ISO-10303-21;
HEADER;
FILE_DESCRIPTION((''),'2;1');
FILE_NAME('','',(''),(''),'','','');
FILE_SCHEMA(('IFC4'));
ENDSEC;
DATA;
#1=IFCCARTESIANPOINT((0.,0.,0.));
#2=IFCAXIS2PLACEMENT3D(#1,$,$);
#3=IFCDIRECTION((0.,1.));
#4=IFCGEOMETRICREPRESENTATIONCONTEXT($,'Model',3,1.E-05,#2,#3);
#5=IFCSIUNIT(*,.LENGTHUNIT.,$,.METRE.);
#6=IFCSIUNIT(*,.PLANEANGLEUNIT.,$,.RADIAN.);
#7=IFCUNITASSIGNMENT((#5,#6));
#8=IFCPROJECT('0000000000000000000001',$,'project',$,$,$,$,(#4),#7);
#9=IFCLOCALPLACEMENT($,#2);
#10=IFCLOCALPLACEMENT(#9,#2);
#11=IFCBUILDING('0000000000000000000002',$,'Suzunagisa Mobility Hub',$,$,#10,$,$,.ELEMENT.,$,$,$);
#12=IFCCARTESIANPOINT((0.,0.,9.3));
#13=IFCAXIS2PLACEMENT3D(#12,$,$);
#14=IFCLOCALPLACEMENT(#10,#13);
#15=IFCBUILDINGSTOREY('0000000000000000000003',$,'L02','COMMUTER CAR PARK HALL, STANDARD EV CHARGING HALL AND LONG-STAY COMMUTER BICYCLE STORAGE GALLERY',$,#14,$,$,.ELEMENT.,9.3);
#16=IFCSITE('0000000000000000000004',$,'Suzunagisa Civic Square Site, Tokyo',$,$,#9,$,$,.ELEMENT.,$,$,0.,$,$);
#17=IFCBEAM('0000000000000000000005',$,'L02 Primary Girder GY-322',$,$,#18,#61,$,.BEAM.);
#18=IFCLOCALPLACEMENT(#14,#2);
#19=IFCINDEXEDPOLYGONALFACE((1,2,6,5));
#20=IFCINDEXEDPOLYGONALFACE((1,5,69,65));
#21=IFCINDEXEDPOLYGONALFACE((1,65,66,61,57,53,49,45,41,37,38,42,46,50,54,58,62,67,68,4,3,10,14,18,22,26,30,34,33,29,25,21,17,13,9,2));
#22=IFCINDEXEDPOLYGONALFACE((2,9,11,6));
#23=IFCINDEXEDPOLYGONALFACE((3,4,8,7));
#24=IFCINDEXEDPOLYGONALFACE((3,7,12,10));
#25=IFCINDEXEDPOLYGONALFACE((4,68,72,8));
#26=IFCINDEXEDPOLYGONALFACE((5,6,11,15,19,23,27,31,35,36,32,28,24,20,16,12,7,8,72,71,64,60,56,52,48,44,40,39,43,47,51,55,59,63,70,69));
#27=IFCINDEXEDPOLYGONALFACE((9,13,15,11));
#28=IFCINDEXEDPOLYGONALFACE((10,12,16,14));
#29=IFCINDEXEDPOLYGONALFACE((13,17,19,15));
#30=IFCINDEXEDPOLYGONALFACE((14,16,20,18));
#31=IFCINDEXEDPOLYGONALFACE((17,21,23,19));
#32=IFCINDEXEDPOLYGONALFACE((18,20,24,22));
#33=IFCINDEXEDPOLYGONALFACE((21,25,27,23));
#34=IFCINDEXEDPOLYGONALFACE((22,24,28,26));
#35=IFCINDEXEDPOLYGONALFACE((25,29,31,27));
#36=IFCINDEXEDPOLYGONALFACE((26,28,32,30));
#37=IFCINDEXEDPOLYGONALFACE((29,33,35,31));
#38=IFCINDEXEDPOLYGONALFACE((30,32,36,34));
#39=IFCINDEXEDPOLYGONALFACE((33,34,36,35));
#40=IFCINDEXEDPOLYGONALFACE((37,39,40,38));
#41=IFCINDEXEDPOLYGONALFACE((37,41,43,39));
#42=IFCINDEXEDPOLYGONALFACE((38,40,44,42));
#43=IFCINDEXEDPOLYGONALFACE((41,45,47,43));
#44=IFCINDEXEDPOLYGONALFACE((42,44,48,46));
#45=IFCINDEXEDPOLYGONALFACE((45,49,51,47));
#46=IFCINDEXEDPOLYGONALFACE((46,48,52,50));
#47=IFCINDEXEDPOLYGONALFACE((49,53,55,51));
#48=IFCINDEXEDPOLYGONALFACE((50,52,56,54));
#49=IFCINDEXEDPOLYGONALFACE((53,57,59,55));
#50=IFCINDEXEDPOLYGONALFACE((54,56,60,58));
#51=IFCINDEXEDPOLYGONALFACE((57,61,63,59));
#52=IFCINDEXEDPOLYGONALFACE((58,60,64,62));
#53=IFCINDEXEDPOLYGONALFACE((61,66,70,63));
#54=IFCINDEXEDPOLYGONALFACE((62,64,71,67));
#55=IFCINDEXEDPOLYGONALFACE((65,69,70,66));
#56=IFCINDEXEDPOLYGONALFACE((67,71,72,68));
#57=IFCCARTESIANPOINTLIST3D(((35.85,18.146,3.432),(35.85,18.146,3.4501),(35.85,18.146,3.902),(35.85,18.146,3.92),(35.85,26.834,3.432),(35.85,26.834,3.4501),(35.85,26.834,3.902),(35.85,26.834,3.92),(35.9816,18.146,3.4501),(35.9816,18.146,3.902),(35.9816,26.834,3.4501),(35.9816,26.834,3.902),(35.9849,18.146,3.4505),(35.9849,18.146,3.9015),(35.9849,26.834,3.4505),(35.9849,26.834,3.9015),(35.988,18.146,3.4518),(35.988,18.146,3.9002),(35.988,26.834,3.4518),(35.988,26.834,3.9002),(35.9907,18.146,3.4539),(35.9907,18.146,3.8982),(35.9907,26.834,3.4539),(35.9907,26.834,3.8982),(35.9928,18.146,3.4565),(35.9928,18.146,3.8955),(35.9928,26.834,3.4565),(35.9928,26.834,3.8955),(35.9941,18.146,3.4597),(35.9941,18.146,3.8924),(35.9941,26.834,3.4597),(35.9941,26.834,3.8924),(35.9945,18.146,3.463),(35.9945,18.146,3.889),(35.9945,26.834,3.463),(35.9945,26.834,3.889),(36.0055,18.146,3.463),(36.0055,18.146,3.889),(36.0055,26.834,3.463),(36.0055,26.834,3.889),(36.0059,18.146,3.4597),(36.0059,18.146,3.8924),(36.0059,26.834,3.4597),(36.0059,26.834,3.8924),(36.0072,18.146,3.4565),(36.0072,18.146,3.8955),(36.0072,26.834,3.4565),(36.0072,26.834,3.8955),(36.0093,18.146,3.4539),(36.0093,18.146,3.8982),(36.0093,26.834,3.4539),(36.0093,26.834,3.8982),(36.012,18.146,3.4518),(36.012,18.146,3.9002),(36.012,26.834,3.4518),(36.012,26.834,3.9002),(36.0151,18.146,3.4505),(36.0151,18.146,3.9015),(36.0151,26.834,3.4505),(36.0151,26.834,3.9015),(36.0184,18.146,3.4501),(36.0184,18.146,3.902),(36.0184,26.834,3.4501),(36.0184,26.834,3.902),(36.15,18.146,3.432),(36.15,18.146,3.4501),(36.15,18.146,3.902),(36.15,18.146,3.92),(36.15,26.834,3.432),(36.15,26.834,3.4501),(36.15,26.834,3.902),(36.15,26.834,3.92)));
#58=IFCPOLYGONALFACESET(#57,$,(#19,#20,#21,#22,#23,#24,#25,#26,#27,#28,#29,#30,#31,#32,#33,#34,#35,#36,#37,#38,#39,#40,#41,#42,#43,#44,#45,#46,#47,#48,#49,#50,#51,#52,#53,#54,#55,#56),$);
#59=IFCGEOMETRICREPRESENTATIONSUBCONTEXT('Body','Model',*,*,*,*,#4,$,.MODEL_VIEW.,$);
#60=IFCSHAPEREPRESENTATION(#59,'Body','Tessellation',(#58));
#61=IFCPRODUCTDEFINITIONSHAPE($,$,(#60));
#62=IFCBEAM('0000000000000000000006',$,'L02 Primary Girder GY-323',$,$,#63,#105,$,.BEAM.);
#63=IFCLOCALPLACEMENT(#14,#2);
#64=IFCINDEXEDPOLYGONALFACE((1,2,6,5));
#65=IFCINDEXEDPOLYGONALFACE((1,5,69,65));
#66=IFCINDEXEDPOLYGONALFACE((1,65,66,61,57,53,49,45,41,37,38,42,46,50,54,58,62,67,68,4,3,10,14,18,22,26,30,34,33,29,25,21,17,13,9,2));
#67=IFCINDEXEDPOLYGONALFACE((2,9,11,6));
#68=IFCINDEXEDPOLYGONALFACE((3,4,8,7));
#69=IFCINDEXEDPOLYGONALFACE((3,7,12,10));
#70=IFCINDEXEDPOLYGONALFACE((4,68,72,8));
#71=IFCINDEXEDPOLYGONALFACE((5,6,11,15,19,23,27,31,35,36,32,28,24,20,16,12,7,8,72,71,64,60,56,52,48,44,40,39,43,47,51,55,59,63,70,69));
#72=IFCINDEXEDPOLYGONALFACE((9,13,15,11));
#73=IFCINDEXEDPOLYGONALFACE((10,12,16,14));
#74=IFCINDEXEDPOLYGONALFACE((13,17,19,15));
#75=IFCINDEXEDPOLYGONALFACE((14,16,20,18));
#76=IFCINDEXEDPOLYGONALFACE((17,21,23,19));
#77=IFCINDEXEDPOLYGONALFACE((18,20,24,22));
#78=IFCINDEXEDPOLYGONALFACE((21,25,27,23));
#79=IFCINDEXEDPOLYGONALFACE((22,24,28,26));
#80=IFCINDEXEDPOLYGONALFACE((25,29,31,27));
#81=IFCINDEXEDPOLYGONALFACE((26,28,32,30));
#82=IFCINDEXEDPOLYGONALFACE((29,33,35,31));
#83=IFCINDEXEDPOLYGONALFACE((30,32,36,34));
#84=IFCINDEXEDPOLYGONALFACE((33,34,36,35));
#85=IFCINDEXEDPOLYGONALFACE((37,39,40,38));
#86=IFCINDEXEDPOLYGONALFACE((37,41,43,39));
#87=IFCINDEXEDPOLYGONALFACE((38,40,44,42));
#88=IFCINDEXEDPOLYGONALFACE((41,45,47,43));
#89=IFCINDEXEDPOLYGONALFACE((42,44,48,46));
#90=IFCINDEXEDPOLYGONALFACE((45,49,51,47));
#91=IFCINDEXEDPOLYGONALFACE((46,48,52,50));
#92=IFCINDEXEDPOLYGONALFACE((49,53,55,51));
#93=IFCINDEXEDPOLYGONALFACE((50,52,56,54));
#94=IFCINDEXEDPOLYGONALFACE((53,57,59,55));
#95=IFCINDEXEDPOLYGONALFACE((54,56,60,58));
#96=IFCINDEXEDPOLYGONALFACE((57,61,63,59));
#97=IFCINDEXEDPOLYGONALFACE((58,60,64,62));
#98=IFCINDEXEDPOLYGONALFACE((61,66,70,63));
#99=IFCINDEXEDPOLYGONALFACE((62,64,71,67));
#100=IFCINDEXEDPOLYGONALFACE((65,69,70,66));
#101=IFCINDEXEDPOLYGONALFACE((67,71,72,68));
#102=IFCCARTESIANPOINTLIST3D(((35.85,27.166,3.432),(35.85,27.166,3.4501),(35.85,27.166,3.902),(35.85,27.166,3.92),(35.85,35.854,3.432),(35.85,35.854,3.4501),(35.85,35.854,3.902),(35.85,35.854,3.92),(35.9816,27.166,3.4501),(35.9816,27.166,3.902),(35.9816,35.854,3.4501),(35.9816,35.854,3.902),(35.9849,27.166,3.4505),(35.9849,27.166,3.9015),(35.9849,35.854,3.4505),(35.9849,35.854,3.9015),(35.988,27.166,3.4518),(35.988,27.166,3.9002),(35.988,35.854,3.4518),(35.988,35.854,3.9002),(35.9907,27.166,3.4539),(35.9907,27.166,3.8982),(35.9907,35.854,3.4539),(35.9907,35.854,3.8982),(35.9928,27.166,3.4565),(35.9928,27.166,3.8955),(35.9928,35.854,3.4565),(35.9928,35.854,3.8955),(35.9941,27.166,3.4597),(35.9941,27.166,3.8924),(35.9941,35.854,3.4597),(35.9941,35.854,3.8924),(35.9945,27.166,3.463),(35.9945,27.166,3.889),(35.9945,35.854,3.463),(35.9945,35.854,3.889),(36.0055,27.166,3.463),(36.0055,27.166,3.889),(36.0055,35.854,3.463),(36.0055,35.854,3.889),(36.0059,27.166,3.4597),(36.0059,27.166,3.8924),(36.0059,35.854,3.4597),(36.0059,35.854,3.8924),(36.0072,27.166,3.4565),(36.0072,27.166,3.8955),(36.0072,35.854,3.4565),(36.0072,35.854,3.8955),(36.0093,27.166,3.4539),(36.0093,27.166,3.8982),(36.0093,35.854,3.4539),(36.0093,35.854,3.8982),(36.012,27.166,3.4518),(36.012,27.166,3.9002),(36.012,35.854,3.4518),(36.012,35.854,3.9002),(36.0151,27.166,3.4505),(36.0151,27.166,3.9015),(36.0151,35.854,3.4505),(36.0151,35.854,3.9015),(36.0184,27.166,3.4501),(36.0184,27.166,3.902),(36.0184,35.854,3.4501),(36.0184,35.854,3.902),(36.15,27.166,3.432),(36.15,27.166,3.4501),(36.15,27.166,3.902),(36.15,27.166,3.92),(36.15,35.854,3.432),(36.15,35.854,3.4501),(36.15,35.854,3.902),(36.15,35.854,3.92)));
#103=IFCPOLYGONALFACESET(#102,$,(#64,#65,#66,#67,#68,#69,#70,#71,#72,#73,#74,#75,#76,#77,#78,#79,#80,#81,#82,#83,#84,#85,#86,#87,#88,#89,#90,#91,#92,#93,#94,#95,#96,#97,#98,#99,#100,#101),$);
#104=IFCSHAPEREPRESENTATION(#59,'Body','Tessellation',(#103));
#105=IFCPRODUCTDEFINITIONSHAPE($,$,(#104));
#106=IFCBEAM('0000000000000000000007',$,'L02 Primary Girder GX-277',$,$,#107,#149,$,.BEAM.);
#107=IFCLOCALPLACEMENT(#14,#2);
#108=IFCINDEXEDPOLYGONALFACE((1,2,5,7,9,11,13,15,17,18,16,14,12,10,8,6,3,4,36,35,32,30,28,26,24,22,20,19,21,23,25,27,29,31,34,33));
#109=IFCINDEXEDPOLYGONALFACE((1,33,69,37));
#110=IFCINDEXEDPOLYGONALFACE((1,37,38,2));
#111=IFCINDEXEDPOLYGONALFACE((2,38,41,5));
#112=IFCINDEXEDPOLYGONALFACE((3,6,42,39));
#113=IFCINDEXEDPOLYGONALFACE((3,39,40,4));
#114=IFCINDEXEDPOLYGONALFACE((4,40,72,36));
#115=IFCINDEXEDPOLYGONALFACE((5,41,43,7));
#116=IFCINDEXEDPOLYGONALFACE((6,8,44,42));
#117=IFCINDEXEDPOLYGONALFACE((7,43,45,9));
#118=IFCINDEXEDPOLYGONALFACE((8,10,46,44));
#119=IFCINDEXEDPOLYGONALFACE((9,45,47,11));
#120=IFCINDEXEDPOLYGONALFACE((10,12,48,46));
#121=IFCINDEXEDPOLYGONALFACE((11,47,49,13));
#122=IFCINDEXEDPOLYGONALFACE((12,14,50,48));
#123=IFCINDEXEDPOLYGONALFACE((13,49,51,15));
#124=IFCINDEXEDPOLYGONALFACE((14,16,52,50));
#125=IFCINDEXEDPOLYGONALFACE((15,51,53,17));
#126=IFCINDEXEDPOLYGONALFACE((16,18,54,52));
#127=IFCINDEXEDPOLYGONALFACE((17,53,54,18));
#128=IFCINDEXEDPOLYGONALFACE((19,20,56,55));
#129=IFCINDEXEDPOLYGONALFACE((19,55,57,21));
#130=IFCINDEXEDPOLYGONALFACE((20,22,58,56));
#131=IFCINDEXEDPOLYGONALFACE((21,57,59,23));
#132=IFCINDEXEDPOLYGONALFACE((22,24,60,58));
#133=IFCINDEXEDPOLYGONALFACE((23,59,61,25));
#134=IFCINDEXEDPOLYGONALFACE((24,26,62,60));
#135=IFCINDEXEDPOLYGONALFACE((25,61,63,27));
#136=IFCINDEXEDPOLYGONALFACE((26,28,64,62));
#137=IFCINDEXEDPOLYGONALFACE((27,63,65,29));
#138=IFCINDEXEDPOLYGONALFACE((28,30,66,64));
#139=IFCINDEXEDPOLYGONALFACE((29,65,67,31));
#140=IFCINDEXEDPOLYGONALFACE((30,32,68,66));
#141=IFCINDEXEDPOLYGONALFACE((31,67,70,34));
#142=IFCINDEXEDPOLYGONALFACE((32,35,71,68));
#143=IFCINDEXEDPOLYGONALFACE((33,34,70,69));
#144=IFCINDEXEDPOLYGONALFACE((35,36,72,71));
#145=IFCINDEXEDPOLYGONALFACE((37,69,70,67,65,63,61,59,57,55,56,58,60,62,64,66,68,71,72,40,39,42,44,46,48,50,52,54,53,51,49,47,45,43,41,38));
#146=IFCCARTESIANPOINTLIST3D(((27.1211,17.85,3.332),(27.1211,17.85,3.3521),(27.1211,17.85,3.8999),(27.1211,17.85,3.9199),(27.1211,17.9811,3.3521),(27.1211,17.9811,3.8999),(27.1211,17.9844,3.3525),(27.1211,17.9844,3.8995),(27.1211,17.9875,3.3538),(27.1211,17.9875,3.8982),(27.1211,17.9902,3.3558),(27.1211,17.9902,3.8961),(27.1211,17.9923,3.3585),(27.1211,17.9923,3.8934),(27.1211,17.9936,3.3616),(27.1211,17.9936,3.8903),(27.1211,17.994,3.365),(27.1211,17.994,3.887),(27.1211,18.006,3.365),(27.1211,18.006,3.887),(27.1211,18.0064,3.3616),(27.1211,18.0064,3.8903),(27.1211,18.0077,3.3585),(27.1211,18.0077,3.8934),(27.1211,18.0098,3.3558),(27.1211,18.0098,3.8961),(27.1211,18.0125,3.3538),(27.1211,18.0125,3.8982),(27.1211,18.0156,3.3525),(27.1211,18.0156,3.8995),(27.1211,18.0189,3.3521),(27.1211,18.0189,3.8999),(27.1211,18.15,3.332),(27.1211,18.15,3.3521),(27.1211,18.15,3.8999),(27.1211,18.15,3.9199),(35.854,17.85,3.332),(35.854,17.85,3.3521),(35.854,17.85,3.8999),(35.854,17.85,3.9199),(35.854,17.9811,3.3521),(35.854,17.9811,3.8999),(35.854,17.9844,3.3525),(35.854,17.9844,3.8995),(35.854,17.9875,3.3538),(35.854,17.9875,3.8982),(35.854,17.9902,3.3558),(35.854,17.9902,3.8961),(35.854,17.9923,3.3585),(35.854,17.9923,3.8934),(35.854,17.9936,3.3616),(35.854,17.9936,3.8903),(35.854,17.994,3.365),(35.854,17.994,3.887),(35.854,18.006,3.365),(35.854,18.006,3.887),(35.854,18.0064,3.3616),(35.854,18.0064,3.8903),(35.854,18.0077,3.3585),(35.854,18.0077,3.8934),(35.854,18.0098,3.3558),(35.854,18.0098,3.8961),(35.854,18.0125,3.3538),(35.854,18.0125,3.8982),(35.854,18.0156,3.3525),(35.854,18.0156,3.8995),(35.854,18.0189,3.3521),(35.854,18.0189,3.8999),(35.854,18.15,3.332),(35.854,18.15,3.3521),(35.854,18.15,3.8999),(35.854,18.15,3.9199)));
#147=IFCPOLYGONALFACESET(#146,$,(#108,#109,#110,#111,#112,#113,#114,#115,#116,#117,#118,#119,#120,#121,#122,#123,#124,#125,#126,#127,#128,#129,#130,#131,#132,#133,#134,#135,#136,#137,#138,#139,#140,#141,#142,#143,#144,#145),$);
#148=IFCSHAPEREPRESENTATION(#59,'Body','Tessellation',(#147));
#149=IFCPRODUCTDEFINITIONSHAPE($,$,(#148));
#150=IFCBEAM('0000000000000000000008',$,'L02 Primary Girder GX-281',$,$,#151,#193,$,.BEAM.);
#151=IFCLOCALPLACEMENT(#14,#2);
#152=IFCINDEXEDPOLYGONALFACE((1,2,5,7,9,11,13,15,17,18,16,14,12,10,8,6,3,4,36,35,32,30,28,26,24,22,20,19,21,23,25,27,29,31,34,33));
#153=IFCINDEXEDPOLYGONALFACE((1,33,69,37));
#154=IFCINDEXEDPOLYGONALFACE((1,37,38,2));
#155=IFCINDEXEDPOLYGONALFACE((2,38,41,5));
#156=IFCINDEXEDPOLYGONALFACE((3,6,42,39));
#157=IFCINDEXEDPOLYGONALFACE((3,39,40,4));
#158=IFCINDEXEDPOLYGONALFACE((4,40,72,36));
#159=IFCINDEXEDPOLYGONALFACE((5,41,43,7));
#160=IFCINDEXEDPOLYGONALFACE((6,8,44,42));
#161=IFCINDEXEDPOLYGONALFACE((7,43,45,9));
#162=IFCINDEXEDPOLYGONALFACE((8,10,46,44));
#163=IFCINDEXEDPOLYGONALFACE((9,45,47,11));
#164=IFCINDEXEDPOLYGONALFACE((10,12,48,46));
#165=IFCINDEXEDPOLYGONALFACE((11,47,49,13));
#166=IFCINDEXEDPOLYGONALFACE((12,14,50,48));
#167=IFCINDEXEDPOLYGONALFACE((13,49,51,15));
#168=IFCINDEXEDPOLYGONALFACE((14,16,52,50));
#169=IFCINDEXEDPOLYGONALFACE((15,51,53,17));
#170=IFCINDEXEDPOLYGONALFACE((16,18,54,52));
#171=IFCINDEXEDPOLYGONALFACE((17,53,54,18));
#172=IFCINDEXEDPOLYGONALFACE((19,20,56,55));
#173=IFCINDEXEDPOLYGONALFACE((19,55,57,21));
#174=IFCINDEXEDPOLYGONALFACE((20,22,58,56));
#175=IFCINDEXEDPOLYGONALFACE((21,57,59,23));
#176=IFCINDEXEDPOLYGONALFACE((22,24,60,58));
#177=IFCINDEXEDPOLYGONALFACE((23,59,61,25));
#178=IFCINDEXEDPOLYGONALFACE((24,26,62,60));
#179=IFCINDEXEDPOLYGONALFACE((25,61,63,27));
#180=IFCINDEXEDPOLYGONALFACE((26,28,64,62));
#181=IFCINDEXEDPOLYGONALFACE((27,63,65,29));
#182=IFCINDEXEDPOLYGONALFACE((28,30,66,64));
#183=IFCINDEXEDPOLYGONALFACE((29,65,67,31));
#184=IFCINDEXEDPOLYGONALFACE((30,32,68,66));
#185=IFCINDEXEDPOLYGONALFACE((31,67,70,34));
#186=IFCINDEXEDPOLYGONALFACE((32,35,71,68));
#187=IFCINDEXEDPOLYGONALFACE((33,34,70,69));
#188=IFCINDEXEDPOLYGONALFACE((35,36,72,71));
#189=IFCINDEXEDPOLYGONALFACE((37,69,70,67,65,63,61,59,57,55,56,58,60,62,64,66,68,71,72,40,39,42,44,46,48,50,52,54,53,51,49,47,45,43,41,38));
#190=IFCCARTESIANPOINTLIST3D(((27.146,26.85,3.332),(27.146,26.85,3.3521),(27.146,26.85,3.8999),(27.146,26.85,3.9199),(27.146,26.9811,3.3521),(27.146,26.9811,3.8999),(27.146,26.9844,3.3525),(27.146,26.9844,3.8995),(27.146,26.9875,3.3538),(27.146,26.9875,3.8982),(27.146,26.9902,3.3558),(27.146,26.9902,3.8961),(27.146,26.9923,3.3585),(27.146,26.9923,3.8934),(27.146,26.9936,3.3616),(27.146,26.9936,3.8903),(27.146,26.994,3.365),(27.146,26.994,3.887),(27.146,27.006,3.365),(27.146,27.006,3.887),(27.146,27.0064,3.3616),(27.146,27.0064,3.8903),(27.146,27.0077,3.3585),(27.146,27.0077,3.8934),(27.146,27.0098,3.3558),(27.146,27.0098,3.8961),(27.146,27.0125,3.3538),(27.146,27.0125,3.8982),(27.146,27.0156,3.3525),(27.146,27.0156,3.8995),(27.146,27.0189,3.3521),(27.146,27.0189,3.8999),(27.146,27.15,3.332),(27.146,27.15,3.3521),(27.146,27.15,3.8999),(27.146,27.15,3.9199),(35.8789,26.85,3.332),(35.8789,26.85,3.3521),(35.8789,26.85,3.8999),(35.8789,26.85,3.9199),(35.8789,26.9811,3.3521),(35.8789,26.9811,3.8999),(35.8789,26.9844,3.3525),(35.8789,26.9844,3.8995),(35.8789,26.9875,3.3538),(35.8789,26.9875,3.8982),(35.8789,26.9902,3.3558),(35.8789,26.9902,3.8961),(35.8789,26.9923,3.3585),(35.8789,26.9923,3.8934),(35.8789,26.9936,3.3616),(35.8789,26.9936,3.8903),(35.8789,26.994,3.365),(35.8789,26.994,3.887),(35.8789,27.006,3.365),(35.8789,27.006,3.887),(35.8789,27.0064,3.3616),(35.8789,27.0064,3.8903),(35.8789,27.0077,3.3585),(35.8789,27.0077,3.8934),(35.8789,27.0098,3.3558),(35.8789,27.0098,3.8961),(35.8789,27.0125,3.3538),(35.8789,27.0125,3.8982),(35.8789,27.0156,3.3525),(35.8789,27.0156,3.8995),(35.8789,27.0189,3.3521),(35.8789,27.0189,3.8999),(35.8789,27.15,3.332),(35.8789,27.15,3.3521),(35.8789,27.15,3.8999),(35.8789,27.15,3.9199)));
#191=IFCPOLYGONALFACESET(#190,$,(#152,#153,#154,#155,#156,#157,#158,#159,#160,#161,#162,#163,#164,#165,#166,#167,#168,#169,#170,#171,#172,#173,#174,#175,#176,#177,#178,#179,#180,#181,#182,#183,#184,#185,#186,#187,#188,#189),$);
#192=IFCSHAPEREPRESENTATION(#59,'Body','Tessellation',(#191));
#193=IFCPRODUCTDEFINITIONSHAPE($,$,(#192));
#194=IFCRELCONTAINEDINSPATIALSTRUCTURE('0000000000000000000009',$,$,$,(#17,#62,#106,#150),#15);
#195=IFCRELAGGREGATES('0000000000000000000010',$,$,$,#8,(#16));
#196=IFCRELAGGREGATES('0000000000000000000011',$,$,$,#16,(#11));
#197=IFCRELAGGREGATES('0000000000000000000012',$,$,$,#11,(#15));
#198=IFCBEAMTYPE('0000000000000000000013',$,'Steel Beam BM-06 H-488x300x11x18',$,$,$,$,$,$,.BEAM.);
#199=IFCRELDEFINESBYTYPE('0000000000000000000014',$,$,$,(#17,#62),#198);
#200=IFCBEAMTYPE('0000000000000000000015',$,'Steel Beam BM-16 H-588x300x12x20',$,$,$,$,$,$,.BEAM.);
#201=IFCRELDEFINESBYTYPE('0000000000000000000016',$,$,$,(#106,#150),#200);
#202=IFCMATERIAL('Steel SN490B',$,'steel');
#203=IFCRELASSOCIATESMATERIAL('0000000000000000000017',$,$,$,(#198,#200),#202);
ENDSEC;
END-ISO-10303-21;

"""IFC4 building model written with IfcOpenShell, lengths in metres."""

from ifc_helpers import new_model, si_unit, direction, frame, origin, origin_2d, place, context, subcontext, project, spatial, i_section, extrude, material, material_profile, profile_set, type_object, element, save


model = new_model("IFC4")

# Units and contexts
model_context = context("Model", 3, precision=1e-05, world=origin(), true_north=direction((0.0, 1.0)))
body_context = subcontext(model_context, "Body", "Model", "MODEL_VIEW")
ifc_project = project(units=[si_unit("LENGTHUNIT", "METRE"), si_unit("PLANEANGLEUNIT", "RADIAN")], contexts=[model_context])

# Site, building, storey
site_placement = place(None, origin())
site = spatial("IfcSite", under=ifc_project, at=site_placement, Name="Suzunagisa Civic Square Site, Tokyo", CompositionType="ELEMENT", RefElevation=0.0)
building_placement = place(site_placement, origin())
building = spatial("IfcBuilding", under=site, at=building_placement, Name="Suzunagisa Mobility Hub", CompositionType="ELEMENT")
storey_placement = place(building_placement, frame((0.0, 0.0, 9.3)))
storey = spatial("IfcBuildingStorey", under=building, at=storey_placement, Name="L02", Description="COMMUTER CAR PARK HALL, STANDARD EV CHARGING HALL AND LONG-STAY COMMUTER BICYCLE STORAGE GALLERY", CompositionType="ELEMENT", Elevation=9.3)

# Shared definitions
ifc_material_1 = material(Name="Steel SN490B", Category="steel")

# Beams
ifc_material_profile_1 = material_profile(ifc_material_1, i_section(OverallWidth=0.3, OverallDepth=0.488, WebThickness=0.011, FlangeThickness=0.0181, FilletRadius=0.0129, at=origin_2d()), Name="H-488x300x11x18")
ifc_profile_set_1 = profile_set([ifc_material_profile_1], Name="Steel SN490B")
beam_type_1 = type_object("IfcBeamType", Name="Steel Beam BM-06 H-488x300x11x18", PredefinedType="BEAM", material=ifc_profile_set_1)
for number, where, z_axis, x_axis, name in (
    (1, (36.0, 18.146, 3.676), (0.0, 1.0, 0.0), (-1.0, 0.0, 0.0), "L02 Primary Girder GY-322"),
    (2, (36.0, 27.166, 3.676), (0.0, 1.0, 0.0), (-1.0, 0.0, 0.0), "L02 Primary Girder GY-323"),
):
    element("IfcBeam", number, at=place(storey_placement, frame(where, z_axis=z_axis, x_axis=x_axis)), inside=storey, type_object=beam_type_1, Name=name, PredefinedType="BEAM", context=body_context, shape_type="SweptSolid", body=[
        extrude(i_section(OverallWidth=0.3, OverallDepth=0.488, WebThickness=0.011, FlangeThickness=0.0181, FilletRadius=0.0129, at=origin_2d()), origin(), (0.0, 0.0, 1.0), 8.688),
    ])
ifc_material_profile_2 = material_profile(ifc_material_1, i_section(OverallWidth=0.3, OverallDepth=0.5879, WebThickness=0.012, FlangeThickness=0.02, FilletRadius=0.0129, at=origin_2d()), Name="H-588x300x12x20")
ifc_profile_set_2 = profile_set([ifc_material_profile_2], Name="Steel SN490B")
beam_type_2 = type_object("IfcBeamType", Name="Steel Beam BM-16 H-588x300x12x20", PredefinedType="BEAM", material=ifc_profile_set_2)
for number, where, z_axis, x_axis, name in (
    (3, (27.1211, 18.0, 3.626), (1.0, 0.0, 0.0), (0.0, 1.0, 0.0), "L02 Primary Girder GX-277"),
    (4, (27.146, 27.0, 3.626), (1.0, 0.0, 0.0), (0.0, 1.0, 0.0), "L02 Primary Girder GX-281"),
):
    element("IfcBeam", number, at=place(storey_placement, frame(where, z_axis=z_axis, x_axis=x_axis)), inside=storey, type_object=beam_type_2, Name=name, PredefinedType="BEAM", context=body_context, shape_type="SweptSolid", body=[
        extrude(i_section(OverallWidth=0.3, OverallDepth=0.5879, WebThickness=0.012, FlangeThickness=0.02, FilletRadius=0.0129, at=origin_2d()), origin(), (0.0, 0.0, 1.0), 8.7329),
    ])

save(model, "model.ifc")
